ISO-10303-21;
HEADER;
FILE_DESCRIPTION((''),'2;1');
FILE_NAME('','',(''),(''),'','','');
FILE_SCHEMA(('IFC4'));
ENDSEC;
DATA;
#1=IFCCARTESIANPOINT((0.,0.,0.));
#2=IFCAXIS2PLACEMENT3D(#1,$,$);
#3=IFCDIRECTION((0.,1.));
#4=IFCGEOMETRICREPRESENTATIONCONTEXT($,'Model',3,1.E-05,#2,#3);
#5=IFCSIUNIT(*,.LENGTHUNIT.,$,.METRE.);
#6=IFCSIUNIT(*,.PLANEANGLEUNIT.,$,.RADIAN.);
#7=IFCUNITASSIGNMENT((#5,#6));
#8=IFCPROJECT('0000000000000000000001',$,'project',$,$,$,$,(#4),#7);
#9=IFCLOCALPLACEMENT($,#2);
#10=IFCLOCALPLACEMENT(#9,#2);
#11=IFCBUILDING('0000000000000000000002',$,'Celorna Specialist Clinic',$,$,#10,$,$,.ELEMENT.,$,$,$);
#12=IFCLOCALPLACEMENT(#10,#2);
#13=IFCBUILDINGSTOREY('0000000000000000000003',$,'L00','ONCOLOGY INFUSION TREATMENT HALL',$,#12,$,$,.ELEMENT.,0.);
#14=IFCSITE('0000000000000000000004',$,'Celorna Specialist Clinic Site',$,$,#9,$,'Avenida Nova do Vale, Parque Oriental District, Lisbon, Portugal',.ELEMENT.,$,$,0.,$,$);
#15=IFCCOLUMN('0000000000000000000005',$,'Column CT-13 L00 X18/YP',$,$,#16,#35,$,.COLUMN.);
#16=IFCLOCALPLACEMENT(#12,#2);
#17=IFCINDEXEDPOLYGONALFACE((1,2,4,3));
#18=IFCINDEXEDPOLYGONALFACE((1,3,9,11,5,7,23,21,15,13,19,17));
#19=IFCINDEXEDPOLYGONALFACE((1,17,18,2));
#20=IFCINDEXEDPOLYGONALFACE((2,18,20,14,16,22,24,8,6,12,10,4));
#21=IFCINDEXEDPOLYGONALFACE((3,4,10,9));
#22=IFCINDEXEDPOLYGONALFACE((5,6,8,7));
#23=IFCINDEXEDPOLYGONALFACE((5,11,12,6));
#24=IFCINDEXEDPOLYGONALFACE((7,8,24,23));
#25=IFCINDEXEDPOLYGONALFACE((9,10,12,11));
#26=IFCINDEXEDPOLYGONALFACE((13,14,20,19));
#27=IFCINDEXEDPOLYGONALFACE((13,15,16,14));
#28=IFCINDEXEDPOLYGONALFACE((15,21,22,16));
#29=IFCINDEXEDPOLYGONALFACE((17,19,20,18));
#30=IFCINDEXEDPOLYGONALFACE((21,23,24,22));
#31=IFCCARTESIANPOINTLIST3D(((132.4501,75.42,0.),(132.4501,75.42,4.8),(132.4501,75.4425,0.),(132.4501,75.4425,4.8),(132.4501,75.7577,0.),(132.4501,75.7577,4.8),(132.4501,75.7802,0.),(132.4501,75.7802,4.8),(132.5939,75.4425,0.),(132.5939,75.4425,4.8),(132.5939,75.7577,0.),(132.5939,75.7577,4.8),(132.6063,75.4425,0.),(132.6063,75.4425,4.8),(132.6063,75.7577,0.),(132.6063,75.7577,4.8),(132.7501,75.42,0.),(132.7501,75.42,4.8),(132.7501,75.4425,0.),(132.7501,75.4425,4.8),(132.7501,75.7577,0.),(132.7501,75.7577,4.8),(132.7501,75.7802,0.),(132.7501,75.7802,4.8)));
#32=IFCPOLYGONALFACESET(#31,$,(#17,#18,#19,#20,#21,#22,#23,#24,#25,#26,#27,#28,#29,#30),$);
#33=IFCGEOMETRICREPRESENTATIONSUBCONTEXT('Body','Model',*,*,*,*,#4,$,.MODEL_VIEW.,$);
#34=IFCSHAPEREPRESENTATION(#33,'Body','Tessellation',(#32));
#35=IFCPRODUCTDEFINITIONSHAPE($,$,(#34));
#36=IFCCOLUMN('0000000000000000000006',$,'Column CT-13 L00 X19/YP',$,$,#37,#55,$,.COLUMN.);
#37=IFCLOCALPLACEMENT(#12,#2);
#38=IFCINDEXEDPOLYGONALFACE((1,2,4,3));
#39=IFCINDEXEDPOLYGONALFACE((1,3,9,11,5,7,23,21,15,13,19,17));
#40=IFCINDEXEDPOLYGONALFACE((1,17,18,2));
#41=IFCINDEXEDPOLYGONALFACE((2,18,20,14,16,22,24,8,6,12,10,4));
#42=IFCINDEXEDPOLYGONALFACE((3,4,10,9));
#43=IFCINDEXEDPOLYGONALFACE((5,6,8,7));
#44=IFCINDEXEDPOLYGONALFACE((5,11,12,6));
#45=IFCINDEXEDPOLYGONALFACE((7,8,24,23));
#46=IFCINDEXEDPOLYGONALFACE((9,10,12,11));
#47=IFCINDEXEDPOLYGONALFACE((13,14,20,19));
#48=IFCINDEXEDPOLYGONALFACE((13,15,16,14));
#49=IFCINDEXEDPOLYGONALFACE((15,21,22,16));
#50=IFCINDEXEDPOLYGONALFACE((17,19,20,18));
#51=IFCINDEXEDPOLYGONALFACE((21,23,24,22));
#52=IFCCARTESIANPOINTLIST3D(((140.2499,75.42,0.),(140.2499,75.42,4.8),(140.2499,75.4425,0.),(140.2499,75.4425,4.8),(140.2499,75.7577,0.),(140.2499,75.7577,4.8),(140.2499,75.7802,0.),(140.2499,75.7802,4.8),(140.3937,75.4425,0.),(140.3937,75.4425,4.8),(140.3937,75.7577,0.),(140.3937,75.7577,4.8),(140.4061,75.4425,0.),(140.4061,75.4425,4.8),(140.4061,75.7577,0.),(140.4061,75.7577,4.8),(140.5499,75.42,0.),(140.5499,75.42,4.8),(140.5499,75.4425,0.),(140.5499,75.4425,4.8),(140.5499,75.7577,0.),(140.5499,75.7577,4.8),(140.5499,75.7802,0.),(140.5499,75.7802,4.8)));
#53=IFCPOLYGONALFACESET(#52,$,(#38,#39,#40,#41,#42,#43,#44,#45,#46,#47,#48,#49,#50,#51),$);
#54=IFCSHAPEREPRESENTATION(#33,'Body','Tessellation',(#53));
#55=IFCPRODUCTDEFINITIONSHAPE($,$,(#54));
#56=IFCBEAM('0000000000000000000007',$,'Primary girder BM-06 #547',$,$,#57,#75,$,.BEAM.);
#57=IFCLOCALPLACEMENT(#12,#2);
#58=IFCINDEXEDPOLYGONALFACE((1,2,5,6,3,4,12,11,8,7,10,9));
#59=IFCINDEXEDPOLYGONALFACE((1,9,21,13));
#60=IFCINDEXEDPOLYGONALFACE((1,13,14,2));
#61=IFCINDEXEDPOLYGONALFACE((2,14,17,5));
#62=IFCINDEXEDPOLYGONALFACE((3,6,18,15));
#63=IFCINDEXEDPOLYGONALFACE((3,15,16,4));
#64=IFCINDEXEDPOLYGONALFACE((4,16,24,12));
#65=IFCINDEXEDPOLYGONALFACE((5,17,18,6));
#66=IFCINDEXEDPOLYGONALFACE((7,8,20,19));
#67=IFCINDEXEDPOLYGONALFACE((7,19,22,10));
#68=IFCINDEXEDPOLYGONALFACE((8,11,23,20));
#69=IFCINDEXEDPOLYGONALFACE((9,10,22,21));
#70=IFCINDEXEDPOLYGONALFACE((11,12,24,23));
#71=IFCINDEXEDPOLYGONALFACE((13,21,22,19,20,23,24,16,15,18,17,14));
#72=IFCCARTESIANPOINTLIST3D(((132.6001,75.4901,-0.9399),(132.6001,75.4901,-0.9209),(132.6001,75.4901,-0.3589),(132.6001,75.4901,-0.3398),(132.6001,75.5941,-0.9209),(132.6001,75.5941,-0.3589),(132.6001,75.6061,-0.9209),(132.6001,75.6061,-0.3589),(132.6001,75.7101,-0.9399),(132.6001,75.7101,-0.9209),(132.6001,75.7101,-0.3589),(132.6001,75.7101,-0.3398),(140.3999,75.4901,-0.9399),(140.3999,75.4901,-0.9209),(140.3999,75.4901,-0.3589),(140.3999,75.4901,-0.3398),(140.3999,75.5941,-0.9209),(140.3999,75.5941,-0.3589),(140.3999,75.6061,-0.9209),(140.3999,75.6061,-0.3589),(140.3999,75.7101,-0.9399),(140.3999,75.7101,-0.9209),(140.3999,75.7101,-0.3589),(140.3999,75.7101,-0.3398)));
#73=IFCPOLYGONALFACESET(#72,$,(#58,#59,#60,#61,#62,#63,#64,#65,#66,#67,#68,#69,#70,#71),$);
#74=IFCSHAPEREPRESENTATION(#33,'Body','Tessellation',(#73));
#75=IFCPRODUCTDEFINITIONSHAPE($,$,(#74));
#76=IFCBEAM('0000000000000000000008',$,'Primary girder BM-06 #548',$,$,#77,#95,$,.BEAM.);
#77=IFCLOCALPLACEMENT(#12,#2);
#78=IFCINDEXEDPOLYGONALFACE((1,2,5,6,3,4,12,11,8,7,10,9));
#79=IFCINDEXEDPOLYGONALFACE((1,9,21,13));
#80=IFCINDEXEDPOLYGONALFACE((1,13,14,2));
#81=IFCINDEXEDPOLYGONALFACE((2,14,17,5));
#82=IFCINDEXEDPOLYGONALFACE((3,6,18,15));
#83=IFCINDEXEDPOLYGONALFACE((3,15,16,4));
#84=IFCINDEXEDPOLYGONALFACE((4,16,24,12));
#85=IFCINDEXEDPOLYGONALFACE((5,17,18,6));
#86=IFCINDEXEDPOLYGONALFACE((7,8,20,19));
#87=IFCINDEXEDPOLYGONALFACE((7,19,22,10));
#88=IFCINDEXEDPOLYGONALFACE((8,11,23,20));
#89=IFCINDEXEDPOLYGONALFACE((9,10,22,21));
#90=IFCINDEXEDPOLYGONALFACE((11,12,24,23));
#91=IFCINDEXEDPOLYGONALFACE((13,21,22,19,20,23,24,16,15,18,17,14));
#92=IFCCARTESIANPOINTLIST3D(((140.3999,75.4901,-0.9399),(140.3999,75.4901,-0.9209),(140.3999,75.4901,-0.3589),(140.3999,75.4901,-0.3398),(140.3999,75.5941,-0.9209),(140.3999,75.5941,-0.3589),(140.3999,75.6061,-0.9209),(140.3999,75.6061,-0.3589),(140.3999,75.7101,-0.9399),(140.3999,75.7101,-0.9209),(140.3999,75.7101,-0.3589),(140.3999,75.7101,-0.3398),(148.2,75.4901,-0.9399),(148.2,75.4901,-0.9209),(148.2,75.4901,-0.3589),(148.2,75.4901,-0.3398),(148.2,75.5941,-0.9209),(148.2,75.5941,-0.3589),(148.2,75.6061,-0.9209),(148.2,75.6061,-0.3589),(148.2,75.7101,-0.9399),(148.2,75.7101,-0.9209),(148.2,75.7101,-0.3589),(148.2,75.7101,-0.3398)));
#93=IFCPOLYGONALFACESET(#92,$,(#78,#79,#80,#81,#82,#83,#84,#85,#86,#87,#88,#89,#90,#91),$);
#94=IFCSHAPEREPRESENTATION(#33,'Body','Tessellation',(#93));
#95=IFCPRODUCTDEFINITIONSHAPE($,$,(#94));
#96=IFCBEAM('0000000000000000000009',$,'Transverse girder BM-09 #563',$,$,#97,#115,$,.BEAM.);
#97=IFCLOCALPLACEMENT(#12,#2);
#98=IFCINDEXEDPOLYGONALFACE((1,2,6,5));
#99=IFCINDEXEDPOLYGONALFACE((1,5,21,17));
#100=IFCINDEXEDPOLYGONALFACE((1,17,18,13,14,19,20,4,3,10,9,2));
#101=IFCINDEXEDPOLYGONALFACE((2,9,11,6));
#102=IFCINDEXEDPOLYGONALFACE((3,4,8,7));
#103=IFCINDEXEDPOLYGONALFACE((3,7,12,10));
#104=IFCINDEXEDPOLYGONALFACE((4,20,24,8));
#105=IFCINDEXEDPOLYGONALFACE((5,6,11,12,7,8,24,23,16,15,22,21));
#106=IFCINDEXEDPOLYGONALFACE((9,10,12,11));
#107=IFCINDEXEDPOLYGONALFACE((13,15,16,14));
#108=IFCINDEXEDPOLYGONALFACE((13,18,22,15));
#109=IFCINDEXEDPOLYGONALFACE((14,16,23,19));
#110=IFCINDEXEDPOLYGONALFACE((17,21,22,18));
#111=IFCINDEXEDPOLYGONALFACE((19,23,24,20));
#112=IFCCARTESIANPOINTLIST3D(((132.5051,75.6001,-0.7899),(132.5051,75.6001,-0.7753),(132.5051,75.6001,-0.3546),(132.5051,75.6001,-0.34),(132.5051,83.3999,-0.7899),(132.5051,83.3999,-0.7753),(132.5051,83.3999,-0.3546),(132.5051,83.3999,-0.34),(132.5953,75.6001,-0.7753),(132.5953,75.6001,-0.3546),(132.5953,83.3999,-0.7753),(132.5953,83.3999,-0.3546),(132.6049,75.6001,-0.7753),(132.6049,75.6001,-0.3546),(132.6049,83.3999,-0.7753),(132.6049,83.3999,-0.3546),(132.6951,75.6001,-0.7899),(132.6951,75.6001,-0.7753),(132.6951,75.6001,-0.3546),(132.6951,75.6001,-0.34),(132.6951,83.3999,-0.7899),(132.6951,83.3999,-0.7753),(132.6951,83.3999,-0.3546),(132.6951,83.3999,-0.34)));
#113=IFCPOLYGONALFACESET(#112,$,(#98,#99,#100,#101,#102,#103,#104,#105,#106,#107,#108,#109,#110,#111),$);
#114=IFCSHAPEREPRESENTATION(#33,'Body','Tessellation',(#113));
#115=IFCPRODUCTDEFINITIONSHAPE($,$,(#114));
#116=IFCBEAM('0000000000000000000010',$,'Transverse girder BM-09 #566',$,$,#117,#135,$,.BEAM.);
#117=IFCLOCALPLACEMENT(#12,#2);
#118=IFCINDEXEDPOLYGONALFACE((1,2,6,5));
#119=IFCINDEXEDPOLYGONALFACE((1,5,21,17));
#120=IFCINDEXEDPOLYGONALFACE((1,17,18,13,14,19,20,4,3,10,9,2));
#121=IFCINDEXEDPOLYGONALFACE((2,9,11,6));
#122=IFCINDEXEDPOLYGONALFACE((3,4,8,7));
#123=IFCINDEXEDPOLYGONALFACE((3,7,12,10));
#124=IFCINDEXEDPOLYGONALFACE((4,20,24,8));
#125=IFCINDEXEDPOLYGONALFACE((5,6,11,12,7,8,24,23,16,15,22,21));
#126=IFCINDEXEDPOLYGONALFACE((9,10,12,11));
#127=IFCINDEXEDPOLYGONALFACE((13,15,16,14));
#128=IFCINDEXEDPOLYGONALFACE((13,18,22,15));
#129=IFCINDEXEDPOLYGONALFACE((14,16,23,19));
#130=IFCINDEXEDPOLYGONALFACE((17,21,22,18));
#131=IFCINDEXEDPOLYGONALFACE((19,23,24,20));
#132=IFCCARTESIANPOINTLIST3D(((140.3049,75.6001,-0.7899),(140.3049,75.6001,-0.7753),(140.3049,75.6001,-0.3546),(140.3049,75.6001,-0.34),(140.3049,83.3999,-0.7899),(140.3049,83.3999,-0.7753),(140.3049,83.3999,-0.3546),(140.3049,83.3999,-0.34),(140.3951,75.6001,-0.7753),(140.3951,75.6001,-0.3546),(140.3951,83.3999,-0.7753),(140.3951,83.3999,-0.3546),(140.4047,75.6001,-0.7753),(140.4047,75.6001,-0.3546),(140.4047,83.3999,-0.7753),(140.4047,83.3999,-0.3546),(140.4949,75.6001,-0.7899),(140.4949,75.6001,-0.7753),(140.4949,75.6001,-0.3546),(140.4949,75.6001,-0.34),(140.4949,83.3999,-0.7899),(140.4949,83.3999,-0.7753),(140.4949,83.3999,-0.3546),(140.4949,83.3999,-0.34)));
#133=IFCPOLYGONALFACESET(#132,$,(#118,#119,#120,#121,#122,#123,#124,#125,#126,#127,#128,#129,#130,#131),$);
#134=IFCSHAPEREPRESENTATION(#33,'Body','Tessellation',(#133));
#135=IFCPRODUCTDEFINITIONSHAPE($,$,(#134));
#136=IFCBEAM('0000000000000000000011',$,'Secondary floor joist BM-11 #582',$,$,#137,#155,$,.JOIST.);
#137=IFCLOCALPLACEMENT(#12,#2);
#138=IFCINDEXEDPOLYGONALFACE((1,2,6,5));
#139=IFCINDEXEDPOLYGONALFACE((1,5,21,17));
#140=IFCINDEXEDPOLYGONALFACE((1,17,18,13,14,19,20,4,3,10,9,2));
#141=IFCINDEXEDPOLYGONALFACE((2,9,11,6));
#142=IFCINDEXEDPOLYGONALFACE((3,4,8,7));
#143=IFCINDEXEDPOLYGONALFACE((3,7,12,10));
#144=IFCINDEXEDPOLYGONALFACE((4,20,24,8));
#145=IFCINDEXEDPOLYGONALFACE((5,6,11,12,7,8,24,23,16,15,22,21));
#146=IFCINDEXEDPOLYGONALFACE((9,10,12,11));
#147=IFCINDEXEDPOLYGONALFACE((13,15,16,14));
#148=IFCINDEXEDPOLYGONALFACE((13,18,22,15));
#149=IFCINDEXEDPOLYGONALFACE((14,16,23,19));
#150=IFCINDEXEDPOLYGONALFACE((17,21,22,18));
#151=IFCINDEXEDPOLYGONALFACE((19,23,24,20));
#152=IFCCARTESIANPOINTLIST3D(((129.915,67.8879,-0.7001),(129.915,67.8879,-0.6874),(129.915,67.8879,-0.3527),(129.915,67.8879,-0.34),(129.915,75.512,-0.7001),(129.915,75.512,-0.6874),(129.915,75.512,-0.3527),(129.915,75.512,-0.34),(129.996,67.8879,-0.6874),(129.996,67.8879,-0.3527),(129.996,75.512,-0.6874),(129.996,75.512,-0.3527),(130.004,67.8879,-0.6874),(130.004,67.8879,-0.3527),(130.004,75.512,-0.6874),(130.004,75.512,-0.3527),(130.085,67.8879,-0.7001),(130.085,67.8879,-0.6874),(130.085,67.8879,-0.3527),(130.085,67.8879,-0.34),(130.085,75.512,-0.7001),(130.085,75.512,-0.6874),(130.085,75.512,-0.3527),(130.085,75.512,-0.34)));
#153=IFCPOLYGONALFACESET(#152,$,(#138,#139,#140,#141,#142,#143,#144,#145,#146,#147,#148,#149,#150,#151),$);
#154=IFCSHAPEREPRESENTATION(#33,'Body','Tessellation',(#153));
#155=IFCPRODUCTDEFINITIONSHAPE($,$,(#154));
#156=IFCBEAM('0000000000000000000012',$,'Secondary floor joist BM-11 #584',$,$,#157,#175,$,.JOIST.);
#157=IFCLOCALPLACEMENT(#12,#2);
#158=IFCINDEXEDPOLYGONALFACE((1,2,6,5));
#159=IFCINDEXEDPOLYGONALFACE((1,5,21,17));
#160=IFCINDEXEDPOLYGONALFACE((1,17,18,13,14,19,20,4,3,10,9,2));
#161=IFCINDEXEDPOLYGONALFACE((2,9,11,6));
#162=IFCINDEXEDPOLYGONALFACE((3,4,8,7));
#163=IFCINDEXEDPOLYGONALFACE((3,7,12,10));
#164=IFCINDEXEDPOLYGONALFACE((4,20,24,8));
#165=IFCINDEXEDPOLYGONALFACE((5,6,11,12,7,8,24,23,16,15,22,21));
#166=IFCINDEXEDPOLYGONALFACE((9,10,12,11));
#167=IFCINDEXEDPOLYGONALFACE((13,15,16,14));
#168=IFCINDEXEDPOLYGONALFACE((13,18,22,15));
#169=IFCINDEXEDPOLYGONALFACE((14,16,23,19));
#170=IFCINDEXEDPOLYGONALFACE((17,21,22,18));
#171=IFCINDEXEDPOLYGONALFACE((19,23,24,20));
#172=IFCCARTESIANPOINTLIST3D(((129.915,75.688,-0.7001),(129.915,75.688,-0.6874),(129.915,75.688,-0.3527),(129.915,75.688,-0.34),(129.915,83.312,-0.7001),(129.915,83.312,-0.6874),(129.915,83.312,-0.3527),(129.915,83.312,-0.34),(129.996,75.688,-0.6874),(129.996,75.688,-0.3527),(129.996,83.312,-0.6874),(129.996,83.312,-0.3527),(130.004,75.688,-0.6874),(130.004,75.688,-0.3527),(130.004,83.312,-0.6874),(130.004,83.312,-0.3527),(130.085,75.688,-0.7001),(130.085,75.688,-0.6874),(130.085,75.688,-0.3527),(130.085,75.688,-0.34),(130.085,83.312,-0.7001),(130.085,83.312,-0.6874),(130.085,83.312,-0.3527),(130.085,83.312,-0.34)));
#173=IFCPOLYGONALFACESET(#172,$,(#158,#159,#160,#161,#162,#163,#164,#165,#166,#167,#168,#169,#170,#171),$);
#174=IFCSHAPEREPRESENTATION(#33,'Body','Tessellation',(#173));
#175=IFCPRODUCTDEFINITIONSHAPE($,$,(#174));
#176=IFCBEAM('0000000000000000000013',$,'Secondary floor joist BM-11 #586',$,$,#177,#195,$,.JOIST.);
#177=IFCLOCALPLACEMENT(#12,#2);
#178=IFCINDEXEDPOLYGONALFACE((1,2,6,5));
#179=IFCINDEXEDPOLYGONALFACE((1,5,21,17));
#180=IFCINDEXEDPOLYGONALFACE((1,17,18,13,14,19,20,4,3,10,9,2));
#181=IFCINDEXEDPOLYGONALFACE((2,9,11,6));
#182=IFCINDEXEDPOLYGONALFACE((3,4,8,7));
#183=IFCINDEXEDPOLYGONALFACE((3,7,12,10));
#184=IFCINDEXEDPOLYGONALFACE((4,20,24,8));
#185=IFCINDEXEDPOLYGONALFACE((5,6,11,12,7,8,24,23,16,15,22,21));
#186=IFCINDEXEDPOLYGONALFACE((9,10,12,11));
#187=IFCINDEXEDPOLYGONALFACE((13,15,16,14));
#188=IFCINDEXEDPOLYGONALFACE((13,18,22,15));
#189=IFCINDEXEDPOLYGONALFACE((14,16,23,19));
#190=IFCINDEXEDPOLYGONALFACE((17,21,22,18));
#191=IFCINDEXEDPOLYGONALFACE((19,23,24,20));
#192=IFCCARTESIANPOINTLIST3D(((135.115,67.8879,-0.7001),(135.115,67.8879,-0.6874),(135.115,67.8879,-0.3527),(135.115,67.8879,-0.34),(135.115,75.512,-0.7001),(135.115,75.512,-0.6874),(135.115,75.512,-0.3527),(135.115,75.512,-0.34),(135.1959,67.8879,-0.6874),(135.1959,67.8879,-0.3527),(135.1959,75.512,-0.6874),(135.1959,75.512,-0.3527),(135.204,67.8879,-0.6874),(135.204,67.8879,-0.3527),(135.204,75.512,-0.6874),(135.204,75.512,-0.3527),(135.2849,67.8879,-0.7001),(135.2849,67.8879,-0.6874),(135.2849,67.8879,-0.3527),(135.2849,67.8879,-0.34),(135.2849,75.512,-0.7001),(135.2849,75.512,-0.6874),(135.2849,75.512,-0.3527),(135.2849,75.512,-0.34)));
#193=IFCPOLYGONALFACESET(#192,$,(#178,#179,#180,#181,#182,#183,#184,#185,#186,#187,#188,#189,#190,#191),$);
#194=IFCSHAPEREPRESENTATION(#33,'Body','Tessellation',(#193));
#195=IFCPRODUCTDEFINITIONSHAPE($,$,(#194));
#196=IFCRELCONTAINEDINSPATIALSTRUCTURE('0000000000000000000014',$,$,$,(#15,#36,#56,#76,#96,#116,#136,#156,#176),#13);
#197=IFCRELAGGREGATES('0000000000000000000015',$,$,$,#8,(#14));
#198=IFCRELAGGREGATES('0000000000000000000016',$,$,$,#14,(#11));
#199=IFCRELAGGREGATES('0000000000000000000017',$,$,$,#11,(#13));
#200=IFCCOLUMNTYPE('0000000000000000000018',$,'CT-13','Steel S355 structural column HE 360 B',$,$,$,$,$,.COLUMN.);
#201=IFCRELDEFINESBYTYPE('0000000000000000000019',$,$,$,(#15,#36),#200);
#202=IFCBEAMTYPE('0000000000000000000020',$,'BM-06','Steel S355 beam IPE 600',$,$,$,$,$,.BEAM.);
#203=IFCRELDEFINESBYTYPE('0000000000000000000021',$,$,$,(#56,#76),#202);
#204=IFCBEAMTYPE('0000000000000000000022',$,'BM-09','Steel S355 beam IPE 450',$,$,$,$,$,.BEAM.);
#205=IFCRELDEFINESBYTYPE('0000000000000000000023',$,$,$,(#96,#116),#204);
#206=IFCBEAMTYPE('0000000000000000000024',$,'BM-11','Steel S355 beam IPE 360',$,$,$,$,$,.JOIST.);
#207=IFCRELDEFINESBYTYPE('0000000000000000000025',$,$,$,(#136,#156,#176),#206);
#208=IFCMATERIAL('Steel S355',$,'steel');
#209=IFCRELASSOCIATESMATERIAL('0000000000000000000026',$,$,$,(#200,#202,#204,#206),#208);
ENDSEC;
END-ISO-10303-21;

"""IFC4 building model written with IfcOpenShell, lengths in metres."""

from ifc_helpers import new_model, si_unit, direction, frame, origin, origin_2d, place, context, subcontext, project, spatial, i_section, extrude, material, material_profile, profile_set, type_object, element, save


model = new_model("IFC4")

# Units and contexts
model_context = context("Model", 3, precision=1e-05, world=origin(), true_north=direction((0.0, 1.0)))
body_context = subcontext(model_context, "Body", "Model", "MODEL_VIEW")
ifc_project = project(units=[si_unit("LENGTHUNIT", "METRE"), si_unit("PLANEANGLEUNIT", "RADIAN")], contexts=[model_context])

# Site, building, storey
site_placement = place(None, origin())
site = spatial("IfcSite", under=ifc_project, at=site_placement, Name="Celorna Specialist Clinic Site", LongName="Avenida Nova do Vale, Parque Oriental District, Lisbon, Portugal", CompositionType="ELEMENT", RefElevation=0.0)
building_placement = place(site_placement, origin())
building = spatial("IfcBuilding", under=site, at=building_placement, Name="Celorna Specialist Clinic", CompositionType="ELEMENT")
storey_placement = place(building_placement, origin())
storey = spatial("IfcBuildingStorey", under=building, at=storey_placement, Name="L00", Description="ONCOLOGY INFUSION TREATMENT HALL", CompositionType="ELEMENT", Elevation=0.0)

# Columns
ifc_material_1 = material(Name="Steel S355", Category="steel")
ifc_material_profile_1 = material_profile(ifc_material_1, i_section(OverallWidth=0.3, OverallDepth=0.3601, WebThickness=0.0125, FlangeThickness=0.0225, at=origin_2d()), Name="HE 360 B")
ifc_profile_set_1 = profile_set([ifc_material_profile_1], Name="Steel S355")
column_type = type_object("IfcColumnType", Name="CT-13", Description="Steel S355 structural column HE 360 B", PredefinedType="COLUMN", material=ifc_profile_set_1)
for number, where, z_axis, x_axis, name in (
    (1, (132.6001, 75.6001, 0.0), (0.0, 0.0, 1.0), (1.0, 0.0, 0.0), "Column CT-13 L00 X18/YP"),
    (2, (140.3999, 75.6001, 0.0), (0.0, 0.0, 1.0), (1.0, 0.0, 0.0), "Column CT-13 L00 X19/YP"),
):
    element("IfcColumn", number, at=place(storey_placement, frame(where, z_axis=z_axis, x_axis=x_axis)), inside=storey, type_object=column_type, Name=name, PredefinedType="COLUMN", context=body_context, shape_type="SweptSolid", body=[
        extrude(i_section(OverallWidth=0.3, OverallDepth=0.3601, WebThickness=0.0125, FlangeThickness=0.0225, at=origin_2d()), origin(), (0.0, 0.0, 1.0), 4.8),
    ])

# Beams
ifc_material_profile_2 = material_profile(ifc_material_1, i_section(OverallWidth=0.22, OverallDepth=0.6001, WebThickness=0.012, FlangeThickness=0.019, at=origin_2d()), Name="IPE 600")
ifc_profile_set_2 = profile_set([ifc_material_profile_2], Name="Steel S355")
beam_type_1 = type_object("IfcBeamType", Name="BM-06", Description="Steel S355 beam IPE 600", PredefinedType="BEAM", material=ifc_profile_set_2)
beam_1_placement = place(storey_placement, frame((132.6001, 75.6001, -0.6399), z_axis=(1.0, 0.0, 0.0), x_axis=(0.0, 1.0, 0.0)))
element("IfcBeam", 3, at=beam_1_placement, inside=storey, type_object=beam_type_1, Name="Primary girder BM-06 #547", PredefinedType="BEAM", context=body_context, shape_type="SweptSolid", body=[
    extrude(i_section(OverallWidth=0.22, OverallDepth=0.6001, WebThickness=0.012, FlangeThickness=0.019, at=origin_2d()), origin(), (0.0, 0.0, 1.0), 7.7998),
])
beam_2_placement = place(storey_placement, frame((140.3999, 75.6001, -0.6399), z_axis=(1.0, 0.0, 0.0), x_axis=(0.0, 1.0, 0.0)))
element("IfcBeam", 4, at=beam_2_placement, inside=storey, type_object=beam_type_1, Name="Primary girder BM-06 #548", PredefinedType="BEAM", context=body_context, shape_type="SweptSolid", body=[
    extrude(i_section(OverallWidth=0.22, OverallDepth=0.6001, WebThickness=0.012, FlangeThickness=0.019, at=origin_2d()), origin(), (0.0, 0.0, 1.0), 7.8),
])
ifc_material_profile_3 = material_profile(ifc_material_1, i_section(OverallWidth=0.1899, OverallDepth=0.45, WebThickness=0.0095, FlangeThickness=0.0146, at=origin_2d()), Name="IPE 450")
ifc_profile_set_3 = profile_set([ifc_material_profile_3], Name="Steel S355")
beam_type_2 = type_object("IfcBeamType", Name="BM-09", Description="Steel S355 beam IPE 450", PredefinedType="BEAM", material=ifc_profile_set_3)
for number, where, z_axis, x_axis, name in (
    (5, (132.6001, 75.6001, -0.5649), (0.0, 1.0, 0.0), (-1.0, 0.0, 0.0), "Transverse girder BM-09 #563"),
    (6, (140.3999, 75.6001, -0.5649), (0.0, 1.0, 0.0), (-1.0, 0.0, 0.0), "Transverse girder BM-09 #566"),
):
    element("IfcBeam", number, at=place(storey_placement, frame(where, z_axis=z_axis, x_axis=x_axis)), inside=storey, type_object=beam_type_2, Name=name, PredefinedType="BEAM", context=body_context, shape_type="SweptSolid", body=[
        extrude(i_section(OverallWidth=0.1899, OverallDepth=0.45, WebThickness=0.0095, FlangeThickness=0.0146, at=origin_2d()), origin(), (0.0, 0.0, 1.0), 7.7998),
    ])
ifc_material_profile_4 = material_profile(ifc_material_1, i_section(OverallWidth=0.1699, OverallDepth=0.3601, WebThickness=0.0081, FlangeThickness=0.0127, at=origin_2d()), Name="IPE 360")
ifc_profile_set_4 = profile_set([ifc_material_profile_4], Name="Steel S355")
beam_type_3 = type_object("IfcBeamType", Name="BM-11", Description="Steel S355 beam IPE 360", PredefinedType="JOIST", material=ifc_profile_set_4)
for number, where, z_axis, x_axis, name in (
    (7, (130.0, 67.8879, -0.52), (0.0, 1.0, 0.0), (-1.0, 0.0, 0.0), "Secondary floor joist BM-11 #582"),
    (8, (130.0, 75.688, -0.52), (0.0, 1.0, 0.0), (-1.0, 0.0, 0.0), "Secondary floor joist BM-11 #584"),
    (9, (135.2, 67.8879, -0.52), (0.0, 1.0, 0.0), (-1.0, 0.0, 0.0), "Secondary floor joist BM-11 #586"),
):
    element("IfcBeam", number, at=place(storey_placement, frame(where, z_axis=z_axis, x_axis=x_axis)), inside=storey, type_object=beam_type_3, Name=name, PredefinedType="JOIST", context=body_context, shape_type="SweptSolid", body=[
        extrude(i_section(OverallWidth=0.1699, OverallDepth=0.3601, WebThickness=0.0081, FlangeThickness=0.0127, at=origin_2d()), origin(), (0.0, 0.0, 1.0), 7.624),
    ])

save(model, "model.ifc")
